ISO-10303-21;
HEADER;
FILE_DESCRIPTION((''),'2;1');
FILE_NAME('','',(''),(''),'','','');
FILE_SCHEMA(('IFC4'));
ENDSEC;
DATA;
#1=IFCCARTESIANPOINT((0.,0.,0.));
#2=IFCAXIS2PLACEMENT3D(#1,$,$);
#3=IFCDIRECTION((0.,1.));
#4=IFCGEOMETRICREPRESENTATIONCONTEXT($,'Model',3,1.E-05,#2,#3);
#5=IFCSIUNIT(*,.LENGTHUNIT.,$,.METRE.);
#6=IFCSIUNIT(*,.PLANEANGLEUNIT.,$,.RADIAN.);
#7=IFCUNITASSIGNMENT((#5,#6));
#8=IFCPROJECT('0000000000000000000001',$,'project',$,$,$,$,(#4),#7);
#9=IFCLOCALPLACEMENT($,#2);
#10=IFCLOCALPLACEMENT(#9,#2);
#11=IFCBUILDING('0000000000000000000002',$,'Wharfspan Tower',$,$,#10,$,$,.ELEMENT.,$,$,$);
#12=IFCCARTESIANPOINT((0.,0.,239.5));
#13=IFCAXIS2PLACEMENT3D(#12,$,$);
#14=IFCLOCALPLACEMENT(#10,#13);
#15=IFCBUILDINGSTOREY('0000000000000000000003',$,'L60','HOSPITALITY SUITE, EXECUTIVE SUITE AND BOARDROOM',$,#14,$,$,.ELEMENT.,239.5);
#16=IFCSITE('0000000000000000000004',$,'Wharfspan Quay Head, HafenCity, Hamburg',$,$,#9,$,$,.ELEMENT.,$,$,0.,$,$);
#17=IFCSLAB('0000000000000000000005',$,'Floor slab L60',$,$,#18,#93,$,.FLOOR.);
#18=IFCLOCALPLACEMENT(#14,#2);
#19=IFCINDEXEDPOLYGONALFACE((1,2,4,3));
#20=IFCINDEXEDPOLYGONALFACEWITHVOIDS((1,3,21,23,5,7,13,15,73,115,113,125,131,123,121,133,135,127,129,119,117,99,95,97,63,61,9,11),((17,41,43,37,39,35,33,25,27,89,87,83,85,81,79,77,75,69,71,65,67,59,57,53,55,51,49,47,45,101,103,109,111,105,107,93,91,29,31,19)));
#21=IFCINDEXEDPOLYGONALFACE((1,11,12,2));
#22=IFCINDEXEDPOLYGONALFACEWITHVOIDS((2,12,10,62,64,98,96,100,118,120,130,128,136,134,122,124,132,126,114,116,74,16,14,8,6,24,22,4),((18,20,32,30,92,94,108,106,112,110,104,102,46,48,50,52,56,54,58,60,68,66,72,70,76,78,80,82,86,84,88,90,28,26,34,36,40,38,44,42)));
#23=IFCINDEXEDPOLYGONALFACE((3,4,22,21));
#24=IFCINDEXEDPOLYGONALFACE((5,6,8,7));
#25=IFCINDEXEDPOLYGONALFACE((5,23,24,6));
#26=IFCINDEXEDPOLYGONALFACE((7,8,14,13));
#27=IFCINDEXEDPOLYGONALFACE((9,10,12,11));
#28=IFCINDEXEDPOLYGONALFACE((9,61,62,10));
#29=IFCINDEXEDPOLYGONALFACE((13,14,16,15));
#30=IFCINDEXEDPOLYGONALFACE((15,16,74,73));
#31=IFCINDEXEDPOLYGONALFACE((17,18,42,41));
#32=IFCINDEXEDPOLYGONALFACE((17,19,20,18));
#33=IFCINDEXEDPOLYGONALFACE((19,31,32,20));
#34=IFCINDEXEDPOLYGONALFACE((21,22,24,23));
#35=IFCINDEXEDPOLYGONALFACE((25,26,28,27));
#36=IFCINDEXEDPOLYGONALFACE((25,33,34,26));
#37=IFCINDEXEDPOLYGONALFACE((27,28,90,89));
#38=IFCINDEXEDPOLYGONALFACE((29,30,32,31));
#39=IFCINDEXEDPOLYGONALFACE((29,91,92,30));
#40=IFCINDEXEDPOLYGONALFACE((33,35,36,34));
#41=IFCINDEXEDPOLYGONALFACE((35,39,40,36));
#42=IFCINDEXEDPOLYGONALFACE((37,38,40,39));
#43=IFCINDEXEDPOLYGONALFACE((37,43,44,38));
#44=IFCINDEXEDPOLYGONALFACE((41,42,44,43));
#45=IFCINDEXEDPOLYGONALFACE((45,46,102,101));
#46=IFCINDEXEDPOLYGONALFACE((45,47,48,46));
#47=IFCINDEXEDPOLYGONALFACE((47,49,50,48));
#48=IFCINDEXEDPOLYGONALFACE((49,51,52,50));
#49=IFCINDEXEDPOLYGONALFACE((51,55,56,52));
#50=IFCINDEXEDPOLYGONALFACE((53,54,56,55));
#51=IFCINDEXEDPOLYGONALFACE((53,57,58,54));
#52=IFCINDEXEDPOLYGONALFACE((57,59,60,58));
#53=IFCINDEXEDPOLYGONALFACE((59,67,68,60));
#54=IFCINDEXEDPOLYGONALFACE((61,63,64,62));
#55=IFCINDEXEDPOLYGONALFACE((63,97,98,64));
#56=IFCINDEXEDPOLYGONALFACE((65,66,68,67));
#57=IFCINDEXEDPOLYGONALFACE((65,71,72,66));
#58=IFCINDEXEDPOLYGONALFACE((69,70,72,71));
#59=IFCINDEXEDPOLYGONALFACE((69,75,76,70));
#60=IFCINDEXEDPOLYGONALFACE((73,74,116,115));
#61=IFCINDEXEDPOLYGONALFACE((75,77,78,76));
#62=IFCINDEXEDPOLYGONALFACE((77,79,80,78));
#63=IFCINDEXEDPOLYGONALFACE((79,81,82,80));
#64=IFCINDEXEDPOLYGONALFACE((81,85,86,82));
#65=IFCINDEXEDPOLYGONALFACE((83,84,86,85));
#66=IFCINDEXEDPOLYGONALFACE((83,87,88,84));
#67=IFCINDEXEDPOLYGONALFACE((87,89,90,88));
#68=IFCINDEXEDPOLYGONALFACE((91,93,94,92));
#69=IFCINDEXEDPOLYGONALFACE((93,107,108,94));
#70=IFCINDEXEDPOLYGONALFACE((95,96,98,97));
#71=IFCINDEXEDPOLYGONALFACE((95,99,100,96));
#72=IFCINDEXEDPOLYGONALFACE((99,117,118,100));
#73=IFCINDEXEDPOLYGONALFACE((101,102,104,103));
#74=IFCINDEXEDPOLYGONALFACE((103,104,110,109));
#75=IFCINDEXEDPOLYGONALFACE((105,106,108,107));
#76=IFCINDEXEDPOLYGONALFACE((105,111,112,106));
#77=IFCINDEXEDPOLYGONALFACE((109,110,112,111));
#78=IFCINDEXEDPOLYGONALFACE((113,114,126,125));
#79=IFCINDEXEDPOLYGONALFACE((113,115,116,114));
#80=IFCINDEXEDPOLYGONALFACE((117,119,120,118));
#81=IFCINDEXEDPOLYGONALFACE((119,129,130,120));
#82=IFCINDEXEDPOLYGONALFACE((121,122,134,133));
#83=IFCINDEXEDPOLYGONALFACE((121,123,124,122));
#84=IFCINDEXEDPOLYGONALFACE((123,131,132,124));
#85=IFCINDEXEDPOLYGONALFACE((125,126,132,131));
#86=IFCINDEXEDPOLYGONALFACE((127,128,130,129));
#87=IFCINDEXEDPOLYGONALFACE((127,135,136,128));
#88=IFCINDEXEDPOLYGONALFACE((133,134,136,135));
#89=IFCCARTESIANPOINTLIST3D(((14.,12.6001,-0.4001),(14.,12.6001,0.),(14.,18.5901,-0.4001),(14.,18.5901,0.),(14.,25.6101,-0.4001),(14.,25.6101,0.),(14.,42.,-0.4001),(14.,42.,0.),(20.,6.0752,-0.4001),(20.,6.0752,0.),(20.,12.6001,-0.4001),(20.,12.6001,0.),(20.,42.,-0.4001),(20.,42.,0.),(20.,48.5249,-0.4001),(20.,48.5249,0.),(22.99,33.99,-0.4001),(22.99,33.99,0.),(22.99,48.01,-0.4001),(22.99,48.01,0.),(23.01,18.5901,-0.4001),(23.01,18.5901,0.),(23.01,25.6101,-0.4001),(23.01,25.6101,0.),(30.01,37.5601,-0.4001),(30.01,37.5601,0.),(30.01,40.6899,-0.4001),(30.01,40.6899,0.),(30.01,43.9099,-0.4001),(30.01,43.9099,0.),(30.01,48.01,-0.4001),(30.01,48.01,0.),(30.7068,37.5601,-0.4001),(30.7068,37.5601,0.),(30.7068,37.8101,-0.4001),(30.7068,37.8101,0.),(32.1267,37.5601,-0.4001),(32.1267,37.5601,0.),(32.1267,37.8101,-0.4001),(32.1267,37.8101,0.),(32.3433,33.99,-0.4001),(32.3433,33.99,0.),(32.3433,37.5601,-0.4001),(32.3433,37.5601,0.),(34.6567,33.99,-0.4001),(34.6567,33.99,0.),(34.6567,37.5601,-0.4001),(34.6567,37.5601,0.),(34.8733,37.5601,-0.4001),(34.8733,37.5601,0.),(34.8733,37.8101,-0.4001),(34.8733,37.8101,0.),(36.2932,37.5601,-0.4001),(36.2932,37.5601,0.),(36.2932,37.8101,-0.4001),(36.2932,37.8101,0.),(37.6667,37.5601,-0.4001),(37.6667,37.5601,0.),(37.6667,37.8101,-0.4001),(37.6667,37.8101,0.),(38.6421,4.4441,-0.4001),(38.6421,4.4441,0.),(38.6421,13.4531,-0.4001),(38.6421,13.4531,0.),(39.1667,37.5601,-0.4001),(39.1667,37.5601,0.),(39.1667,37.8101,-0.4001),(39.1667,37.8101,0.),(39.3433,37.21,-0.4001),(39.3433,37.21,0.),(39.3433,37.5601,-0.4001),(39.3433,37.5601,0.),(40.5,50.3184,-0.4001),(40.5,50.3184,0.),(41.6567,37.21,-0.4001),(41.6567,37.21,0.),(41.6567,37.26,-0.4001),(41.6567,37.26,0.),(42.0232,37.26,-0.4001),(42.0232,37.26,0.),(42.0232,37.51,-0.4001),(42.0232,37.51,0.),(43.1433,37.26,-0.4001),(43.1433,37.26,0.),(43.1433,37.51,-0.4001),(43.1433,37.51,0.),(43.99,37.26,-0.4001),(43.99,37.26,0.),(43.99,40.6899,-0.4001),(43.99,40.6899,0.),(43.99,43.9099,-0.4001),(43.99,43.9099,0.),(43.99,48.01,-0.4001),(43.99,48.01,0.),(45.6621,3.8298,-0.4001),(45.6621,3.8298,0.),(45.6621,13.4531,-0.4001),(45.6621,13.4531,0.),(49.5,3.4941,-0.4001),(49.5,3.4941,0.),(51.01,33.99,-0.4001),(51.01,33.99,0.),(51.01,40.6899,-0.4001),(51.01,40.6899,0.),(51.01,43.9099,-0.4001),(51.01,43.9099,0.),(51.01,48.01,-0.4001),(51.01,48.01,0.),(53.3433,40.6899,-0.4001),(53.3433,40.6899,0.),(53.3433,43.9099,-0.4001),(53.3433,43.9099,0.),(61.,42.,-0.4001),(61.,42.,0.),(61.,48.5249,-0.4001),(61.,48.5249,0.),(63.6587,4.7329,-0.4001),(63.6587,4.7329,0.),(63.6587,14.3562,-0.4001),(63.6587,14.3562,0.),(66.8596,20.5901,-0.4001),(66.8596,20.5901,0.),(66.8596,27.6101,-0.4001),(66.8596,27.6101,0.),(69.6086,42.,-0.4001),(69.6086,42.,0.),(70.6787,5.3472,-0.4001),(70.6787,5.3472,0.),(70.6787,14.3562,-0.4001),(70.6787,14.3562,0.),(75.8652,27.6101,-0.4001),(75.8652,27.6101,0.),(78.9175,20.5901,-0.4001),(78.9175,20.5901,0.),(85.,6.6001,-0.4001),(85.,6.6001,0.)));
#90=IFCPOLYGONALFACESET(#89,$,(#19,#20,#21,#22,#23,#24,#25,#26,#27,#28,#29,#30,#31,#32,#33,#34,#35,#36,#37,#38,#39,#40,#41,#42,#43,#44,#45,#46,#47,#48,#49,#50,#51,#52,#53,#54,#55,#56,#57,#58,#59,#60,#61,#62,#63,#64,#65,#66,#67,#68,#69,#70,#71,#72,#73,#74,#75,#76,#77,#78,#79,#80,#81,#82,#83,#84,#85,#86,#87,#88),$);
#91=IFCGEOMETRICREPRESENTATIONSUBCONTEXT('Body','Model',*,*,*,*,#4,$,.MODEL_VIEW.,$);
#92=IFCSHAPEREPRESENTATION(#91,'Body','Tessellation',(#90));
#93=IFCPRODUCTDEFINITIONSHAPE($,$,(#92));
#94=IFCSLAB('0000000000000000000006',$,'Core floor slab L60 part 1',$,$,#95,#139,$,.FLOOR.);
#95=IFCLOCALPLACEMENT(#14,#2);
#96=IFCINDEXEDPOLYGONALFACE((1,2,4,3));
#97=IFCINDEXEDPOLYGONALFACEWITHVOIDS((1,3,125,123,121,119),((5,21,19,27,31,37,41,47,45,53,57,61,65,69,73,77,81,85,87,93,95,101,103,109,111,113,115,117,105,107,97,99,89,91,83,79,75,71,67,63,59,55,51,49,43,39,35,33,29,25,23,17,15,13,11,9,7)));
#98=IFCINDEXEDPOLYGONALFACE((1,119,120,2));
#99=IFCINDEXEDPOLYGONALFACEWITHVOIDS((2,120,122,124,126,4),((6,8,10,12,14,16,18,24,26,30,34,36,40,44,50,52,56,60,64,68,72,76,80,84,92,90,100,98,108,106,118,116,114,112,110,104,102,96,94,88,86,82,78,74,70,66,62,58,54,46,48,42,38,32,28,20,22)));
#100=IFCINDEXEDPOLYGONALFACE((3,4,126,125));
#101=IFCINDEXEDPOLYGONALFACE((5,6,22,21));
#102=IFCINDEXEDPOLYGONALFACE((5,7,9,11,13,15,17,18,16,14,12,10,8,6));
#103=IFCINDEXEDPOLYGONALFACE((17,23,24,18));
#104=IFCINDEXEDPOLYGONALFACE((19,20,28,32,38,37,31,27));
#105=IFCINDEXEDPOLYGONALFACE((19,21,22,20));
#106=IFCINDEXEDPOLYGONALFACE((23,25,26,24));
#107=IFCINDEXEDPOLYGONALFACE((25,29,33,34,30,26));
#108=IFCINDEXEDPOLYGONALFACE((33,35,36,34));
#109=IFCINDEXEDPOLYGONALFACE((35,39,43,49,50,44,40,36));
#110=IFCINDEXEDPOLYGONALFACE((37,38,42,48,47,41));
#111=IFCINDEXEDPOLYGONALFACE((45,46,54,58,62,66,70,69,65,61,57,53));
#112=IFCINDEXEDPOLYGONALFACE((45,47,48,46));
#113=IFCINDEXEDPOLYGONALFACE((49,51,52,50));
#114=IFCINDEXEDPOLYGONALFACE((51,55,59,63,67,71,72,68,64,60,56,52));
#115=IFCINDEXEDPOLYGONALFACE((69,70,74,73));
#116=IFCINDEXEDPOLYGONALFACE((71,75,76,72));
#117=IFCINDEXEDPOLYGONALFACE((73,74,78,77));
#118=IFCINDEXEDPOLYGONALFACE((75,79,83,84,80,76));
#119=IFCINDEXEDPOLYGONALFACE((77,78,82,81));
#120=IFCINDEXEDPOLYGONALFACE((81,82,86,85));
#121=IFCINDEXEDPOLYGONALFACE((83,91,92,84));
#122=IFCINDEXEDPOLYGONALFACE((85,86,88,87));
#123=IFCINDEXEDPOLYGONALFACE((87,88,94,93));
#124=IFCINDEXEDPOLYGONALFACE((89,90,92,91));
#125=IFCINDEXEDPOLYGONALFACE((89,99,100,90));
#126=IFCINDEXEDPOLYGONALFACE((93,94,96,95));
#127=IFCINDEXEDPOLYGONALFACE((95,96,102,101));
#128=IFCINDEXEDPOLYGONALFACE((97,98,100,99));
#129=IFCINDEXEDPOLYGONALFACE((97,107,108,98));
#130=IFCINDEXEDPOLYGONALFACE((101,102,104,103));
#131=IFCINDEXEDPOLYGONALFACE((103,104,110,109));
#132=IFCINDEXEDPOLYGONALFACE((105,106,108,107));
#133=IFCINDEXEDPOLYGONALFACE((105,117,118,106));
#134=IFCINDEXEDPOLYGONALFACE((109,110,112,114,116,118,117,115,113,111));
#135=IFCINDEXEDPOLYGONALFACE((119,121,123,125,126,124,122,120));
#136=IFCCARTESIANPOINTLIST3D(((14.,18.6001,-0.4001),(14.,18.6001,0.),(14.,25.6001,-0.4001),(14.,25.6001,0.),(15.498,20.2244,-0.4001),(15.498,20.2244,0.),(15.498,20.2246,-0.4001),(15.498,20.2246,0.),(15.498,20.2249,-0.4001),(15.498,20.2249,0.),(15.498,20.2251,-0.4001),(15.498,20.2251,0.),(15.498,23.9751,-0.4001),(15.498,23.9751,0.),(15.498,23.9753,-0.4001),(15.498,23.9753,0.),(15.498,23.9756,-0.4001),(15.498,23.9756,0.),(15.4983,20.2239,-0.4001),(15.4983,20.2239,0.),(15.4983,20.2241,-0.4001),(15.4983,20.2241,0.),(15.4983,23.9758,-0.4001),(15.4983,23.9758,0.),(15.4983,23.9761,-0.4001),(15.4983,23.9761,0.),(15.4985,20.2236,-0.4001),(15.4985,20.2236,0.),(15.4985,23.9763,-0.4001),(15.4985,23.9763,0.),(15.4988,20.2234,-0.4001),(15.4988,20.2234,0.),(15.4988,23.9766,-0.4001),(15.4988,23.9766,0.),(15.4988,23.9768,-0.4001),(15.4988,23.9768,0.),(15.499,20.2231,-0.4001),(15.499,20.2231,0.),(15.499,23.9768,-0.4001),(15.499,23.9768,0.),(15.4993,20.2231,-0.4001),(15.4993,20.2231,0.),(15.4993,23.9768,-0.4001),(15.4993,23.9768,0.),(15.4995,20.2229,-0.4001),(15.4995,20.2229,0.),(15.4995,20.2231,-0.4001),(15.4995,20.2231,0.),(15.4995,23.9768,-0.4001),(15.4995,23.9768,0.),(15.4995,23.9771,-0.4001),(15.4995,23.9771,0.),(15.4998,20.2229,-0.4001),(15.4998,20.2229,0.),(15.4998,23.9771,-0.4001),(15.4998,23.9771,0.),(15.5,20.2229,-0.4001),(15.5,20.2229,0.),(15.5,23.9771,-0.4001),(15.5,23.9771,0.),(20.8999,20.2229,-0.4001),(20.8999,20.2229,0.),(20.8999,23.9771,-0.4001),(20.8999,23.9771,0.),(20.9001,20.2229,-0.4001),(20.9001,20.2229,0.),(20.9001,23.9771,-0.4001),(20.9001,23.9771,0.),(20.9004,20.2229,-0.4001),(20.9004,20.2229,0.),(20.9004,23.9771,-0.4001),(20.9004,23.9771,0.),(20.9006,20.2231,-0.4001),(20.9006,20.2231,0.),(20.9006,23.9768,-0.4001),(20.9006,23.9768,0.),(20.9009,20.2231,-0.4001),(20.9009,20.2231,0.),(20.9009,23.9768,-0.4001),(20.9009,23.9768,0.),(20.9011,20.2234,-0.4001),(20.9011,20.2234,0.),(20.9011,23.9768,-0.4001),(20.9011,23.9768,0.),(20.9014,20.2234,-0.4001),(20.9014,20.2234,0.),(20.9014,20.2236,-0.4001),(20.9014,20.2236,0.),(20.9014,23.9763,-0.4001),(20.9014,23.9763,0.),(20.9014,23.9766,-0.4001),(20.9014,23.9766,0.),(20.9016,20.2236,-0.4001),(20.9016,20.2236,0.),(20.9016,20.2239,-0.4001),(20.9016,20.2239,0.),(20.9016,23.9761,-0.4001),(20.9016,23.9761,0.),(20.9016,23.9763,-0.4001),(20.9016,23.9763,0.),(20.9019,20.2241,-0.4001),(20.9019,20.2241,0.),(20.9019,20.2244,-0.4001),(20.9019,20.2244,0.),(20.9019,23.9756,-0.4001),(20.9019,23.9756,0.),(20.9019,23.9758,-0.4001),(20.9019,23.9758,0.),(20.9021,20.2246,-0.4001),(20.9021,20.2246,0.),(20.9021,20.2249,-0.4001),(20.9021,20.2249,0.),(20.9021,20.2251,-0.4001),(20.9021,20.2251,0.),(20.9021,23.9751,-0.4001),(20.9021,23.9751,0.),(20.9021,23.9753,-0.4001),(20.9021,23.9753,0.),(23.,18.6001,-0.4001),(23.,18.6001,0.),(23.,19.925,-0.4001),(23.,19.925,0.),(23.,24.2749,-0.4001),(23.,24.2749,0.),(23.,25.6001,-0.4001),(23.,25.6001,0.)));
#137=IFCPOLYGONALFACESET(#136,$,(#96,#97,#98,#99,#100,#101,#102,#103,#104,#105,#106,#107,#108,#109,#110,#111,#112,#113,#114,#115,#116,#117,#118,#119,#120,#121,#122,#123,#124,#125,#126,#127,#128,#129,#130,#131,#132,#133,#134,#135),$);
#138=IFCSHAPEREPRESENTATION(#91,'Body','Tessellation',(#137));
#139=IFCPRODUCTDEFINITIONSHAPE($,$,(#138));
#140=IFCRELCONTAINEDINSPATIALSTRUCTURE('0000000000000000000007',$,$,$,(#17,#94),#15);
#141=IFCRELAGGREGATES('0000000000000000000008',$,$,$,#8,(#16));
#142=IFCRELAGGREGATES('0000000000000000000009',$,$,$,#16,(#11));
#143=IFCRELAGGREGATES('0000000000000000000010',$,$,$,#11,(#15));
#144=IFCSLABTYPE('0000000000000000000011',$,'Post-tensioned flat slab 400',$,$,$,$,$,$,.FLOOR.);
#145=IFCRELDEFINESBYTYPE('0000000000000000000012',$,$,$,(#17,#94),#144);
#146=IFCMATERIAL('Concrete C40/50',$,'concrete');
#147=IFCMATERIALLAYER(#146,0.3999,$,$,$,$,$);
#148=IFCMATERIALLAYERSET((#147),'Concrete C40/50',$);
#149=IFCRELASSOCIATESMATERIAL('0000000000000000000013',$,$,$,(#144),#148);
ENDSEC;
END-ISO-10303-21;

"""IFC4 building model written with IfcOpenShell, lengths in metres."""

from ifc_helpers import new_model, si_unit, direction, frame, origin, place, context, subcontext, project, spatial, polyline, outline, extrude, material, layer, layer_set, type_object, element, save


model = new_model("IFC4")

# Units and contexts
model_context = context("Model", 3, precision=1e-05, world=origin(), true_north=direction((0.0, 1.0)))
body_context = subcontext(model_context, "Body", "Model", "MODEL_VIEW")
ifc_project = project(units=[si_unit("LENGTHUNIT", "METRE"), si_unit("PLANEANGLEUNIT", "RADIAN")], contexts=[model_context])

# Site, building, storey
site_placement = place(None, origin())
site = spatial("IfcSite", under=ifc_project, at=site_placement, Name="Wharfspan Quay Head, HafenCity, Hamburg", CompositionType="ELEMENT", RefElevation=0.0)
building_placement = place(site_placement, origin())
building = spatial("IfcBuilding", under=site, at=building_placement, Name="Wharfspan Tower", CompositionType="ELEMENT")
storey_placement = place(building_placement, frame((0.0, 0.0, 239.5)))
storey = spatial("IfcBuildingStorey", under=building, at=storey_placement, Name="L60", Description="HOSPITALITY SUITE, EXECUTIVE SUITE AND BOARDROOM", CompositionType="ELEMENT", Elevation=239.5)

# Slabs
ifc_material_1 = material(Name="Concrete C40/50", Category="concrete")
ifc_layer_1 = layer(ifc_material_1, 0.3999)
ifc_layer_set_1 = layer_set([ifc_layer_1], Name="Concrete C40/50")
slab_type_1 = type_object("IfcSlabType", Name="Post-tensioned flat slab 400", PredefinedType="FLOOR", material=ifc_layer_set_1)
slab_1_placement = place(storey_placement, frame((0.0, 0.0, -0.4001)))
element("IfcSlab", 1, at=slab_1_placement, inside=storey, type_object=slab_type_1, Name="Floor slab L60", PredefinedType="FLOOR", context=body_context, shape_type="SweptSolid", body=[
    extrude(outline(polyline([(38.6421, 4.4441), (38.6421, 13.4531), (45.6621, 13.4531), (45.6621, 3.8298), (49.5, 3.4941), (63.6587, 4.7329), (63.6587, 14.3562), (70.6787, 14.3562), (70.6787, 5.3472), (85.0, 6.6001), (78.9175, 20.5901), (66.8596, 20.5901), (66.8596, 27.6101), (75.8652, 27.6101), (69.6086, 42.0), (61.0, 42.0), (61.0, 48.5249), (40.5, 50.3184), (20.0, 48.5249), (20.0, 42.0), (14.0, 42.0), (14.0, 25.6101), (23.01, 25.6101), (23.01, 18.5901), (14.0, 18.5901), (14.0, 12.6001), (20.0, 12.6001), (20.0, 6.0752), (38.6421, 4.4441)]), holes=[polyline([(32.1267, 37.5601), (32.3433, 37.5601), (32.3433, 33.99), (22.99, 33.99), (22.99, 48.01), (30.01, 48.01), (30.01, 43.9099), (43.99, 43.9099), (43.99, 48.01), (51.01, 48.01), (51.01, 43.9099), (53.3433, 43.9099), (53.3433, 40.6899), (51.01, 40.6899), (51.01, 33.99), (34.6567, 33.99), (34.6567, 37.5601), (34.8733, 37.5601), (34.8733, 37.8101), (36.2932, 37.8101), (36.2932, 37.5601), (37.6667, 37.5601), (37.6667, 37.8101), (39.1667, 37.8101), (39.1667, 37.5601), (39.3433, 37.5601), (39.3433, 37.21), (41.6567, 37.21), (41.6567, 37.26), (42.0232, 37.26), (42.0232, 37.51), (43.1433, 37.51), (43.1433, 37.26), (43.99, 37.26), (43.99, 40.6899), (30.01, 40.6899), (30.01, 37.5601), (30.7068, 37.5601), (30.7068, 37.8101), (32.1267, 37.8101), (32.1267, 37.5601)])]), origin(), (0.0, 0.0, 1.0), 0.4001),
])
slab_2_placement = place(storey_placement, frame((0.0, 0.0, -0.4001)))
element("IfcSlab", 2, at=slab_2_placement, inside=storey, type_object=slab_type_1, Name="Core floor slab L60 part 1", PredefinedType="FLOOR", context=body_context, shape_type="SweptSolid", body=[
    extrude(outline(polyline([(23.0, 19.925), (23.0, 24.2749), (23.0, 25.6001), (14.0, 25.6001), (14.0, 18.6001), (23.0, 18.6001), (23.0, 19.925)]), holes=[polyline([(20.8999, 23.9771), (20.9001, 23.9771), (20.9004, 23.9771), (20.9006, 23.9768), (20.9009, 23.9768), (20.9009, 23.9768), (20.9011, 23.9768), (20.9014, 23.9766), (20.9014, 23.9763), (20.9016, 23.9763), (20.9016, 23.9761), (20.9019, 23.9758), (20.9019, 23.9758), (20.9019, 23.9756), (20.9021, 23.9753), (20.9021, 23.9751), (20.9021, 23.9751), (20.9021, 20.2251), (20.9021, 20.2249), (20.9021, 20.2246), (20.9019, 20.2244), (20.9019, 20.2241), (20.9019, 20.2241), (20.9016, 20.2239), (20.9016, 20.2236), (20.9014, 20.2236), (20.9014, 20.2234), (20.9011, 20.2234), (20.9009, 20.2231), (20.9009, 20.2231), (20.9006, 20.2231), (20.9004, 20.2229), (20.9001, 20.2229), (20.8999, 20.2229), (15.5, 20.2229), (15.4998, 20.2229), (15.4995, 20.2229), (15.4995, 20.2231), (15.4993, 20.2231), (15.499, 20.2231), (15.4988, 20.2234), (15.4988, 20.2234), (15.4985, 20.2236), (15.4985, 20.2236), (15.4983, 20.2239), (15.4983, 20.2241), (15.4983, 20.2241), (15.498, 20.2244), (15.498, 20.2246), (15.498, 20.2249), (15.498, 20.2251), (15.498, 23.9751), (15.498, 23.9751), (15.498, 23.9753), (15.498, 23.9756), (15.4983, 23.9758), (15.4983, 23.9758), (15.4983, 23.9761), (15.4985, 23.9763), (15.4985, 23.9763), (15.4988, 23.9766), (15.4988, 23.9768), (15.499, 23.9768), (15.4993, 23.9768), (15.4995, 23.9768), (15.4995, 23.9771), (15.4998, 23.9771), (15.5, 23.9771), (20.8999, 23.9771)])]), origin(), (0.0, 0.0, 1.0), 0.4001),
])

save(model, "model.ifc")
